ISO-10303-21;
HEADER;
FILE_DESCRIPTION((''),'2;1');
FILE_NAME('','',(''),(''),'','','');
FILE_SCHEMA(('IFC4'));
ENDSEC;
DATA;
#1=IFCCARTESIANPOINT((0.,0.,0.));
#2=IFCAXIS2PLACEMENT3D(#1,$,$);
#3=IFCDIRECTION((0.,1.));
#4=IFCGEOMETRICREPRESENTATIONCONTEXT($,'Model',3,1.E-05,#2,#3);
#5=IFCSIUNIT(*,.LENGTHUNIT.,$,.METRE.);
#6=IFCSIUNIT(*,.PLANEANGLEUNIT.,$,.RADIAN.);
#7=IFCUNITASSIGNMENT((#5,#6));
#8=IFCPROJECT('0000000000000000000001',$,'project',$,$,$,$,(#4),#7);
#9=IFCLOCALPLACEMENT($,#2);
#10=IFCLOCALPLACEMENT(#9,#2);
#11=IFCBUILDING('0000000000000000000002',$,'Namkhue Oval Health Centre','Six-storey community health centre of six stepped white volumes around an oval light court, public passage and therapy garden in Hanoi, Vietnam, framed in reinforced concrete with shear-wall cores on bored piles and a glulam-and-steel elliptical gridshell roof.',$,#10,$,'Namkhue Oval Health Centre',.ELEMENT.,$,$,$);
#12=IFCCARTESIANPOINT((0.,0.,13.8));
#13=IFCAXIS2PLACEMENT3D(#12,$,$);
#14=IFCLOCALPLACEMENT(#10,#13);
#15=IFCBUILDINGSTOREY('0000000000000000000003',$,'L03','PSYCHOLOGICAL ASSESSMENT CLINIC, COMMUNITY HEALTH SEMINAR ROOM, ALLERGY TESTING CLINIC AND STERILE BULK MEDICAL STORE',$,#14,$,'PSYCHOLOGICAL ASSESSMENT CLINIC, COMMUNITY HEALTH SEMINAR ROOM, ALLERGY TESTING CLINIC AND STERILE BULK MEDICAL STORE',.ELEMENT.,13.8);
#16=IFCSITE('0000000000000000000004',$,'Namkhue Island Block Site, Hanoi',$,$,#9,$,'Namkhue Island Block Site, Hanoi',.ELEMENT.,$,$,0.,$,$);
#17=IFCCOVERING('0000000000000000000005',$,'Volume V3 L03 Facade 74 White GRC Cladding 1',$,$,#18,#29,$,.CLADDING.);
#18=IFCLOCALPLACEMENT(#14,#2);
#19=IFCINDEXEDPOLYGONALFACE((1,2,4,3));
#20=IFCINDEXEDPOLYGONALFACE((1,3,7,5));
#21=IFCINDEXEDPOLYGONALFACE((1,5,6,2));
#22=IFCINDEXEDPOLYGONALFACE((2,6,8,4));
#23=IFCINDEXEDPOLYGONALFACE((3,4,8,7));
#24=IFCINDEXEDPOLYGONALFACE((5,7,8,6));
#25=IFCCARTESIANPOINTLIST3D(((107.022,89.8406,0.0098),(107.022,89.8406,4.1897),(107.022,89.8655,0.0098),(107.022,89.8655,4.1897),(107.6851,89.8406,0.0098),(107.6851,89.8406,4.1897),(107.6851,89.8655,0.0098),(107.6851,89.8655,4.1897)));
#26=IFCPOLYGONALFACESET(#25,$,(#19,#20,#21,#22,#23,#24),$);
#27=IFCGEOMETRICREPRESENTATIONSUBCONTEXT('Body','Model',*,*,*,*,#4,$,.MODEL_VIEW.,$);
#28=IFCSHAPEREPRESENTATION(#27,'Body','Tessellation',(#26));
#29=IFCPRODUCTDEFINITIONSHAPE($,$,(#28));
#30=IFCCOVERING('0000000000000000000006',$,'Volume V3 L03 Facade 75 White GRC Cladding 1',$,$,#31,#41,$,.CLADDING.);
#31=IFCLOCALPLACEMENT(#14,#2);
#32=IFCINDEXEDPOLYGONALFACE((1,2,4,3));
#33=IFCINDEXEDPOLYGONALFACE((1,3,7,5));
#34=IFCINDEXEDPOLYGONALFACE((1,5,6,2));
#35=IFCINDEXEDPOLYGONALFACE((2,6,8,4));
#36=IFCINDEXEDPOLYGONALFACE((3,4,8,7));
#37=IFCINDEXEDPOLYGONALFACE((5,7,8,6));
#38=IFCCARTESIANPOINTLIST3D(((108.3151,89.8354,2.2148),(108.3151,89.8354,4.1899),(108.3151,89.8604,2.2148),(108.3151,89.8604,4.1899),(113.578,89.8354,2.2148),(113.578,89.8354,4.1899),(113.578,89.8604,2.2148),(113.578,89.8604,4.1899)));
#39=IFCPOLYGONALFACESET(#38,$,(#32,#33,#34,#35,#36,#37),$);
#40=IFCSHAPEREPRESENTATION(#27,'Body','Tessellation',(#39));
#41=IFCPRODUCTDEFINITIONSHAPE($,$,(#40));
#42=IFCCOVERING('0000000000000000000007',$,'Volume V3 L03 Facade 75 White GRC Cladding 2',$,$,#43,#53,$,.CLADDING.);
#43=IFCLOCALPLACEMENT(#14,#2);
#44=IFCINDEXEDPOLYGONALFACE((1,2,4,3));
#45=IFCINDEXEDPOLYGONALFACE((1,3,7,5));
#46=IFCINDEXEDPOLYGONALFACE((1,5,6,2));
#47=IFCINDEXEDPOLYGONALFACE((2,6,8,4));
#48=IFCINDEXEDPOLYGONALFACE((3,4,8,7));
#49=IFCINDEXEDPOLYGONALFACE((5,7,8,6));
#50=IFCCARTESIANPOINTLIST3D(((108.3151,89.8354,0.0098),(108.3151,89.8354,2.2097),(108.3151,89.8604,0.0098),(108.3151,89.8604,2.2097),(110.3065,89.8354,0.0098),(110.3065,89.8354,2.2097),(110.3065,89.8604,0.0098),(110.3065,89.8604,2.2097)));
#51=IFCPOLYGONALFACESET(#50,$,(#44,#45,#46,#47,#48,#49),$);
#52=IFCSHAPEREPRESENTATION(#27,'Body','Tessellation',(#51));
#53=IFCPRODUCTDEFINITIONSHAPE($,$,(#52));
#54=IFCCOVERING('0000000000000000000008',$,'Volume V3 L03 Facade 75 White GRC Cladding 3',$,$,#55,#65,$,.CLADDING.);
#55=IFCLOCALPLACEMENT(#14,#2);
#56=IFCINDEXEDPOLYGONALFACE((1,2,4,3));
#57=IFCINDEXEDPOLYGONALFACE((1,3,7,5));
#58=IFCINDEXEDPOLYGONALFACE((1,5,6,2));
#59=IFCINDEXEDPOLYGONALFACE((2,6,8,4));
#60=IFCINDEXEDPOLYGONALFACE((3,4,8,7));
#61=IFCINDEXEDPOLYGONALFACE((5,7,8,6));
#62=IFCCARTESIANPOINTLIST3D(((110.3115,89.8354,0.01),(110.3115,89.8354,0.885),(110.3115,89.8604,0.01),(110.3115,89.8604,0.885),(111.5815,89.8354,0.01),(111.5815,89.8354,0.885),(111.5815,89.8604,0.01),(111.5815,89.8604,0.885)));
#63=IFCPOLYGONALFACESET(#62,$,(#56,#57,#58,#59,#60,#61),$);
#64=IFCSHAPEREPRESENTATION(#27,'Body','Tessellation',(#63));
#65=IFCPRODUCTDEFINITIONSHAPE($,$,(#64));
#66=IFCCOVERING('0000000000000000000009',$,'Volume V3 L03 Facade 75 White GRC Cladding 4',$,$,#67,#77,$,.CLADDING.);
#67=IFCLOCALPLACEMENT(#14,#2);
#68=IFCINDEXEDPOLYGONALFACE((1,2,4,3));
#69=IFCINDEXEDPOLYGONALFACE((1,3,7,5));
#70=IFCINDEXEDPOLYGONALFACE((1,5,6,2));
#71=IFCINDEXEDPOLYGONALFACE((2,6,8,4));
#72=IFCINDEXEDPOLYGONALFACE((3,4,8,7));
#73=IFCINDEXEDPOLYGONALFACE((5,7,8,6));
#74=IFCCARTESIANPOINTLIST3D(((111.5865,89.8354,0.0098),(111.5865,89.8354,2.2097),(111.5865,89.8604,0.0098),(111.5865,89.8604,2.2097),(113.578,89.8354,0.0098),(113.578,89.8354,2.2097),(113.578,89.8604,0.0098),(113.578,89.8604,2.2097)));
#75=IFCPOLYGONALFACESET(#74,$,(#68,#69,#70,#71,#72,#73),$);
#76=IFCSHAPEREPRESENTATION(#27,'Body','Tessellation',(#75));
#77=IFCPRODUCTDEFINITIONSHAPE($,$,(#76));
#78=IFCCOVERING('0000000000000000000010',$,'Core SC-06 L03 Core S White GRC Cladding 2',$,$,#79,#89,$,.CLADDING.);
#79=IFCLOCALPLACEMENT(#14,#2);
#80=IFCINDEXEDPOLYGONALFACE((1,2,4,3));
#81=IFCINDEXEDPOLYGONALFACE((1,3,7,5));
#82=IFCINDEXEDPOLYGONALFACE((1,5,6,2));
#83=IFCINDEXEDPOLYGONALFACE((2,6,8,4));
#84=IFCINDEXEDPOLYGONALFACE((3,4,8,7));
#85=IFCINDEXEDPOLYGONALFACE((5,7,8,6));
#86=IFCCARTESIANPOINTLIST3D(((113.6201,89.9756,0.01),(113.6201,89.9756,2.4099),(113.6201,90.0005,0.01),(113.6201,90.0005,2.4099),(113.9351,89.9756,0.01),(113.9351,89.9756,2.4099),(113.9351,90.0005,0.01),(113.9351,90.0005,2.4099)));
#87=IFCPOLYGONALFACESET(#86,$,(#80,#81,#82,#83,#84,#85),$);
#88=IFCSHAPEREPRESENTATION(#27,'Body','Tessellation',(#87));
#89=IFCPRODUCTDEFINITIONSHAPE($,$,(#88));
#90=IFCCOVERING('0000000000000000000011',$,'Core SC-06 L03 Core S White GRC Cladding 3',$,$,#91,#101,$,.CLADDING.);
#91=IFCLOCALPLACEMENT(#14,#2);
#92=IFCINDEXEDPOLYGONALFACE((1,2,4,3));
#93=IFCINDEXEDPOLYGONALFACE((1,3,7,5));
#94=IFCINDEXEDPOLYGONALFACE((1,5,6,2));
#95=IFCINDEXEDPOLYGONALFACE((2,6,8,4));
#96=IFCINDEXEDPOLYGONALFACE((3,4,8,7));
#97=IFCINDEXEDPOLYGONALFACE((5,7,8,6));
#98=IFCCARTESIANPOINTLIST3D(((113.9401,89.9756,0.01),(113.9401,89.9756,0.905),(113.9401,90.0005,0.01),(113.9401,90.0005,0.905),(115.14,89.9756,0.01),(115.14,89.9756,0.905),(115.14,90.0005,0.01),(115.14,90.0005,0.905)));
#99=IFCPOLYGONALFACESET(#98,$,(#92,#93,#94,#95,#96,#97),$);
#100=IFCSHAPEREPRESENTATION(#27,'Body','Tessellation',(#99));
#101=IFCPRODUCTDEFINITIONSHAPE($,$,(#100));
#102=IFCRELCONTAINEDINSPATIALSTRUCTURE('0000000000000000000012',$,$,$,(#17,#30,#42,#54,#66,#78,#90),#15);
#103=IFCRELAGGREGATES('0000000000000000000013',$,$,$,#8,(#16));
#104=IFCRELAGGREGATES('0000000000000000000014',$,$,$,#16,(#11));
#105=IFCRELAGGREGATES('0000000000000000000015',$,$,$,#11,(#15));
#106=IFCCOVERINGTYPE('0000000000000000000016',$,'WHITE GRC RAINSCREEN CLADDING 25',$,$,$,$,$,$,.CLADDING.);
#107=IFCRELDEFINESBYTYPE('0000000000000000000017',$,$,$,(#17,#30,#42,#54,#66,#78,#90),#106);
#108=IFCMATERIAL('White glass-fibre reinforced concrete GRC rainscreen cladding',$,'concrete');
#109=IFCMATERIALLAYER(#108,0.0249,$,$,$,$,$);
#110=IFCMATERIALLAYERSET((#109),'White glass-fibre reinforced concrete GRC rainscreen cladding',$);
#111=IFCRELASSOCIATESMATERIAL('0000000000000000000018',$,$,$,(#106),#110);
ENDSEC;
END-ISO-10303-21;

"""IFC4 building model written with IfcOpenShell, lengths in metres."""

from ifc_helpers import new_model, si_unit, direction, frame, origin, origin_2d, place, context, subcontext, project, spatial, rectangle, extrude, material, layer, layer_set, type_object, element, save


model = new_model("IFC4")

# Units and contexts
model_context = context("Model", 3, precision=1e-05, world=origin(), true_north=direction((0.0, 1.0)))
body_context = subcontext(model_context, "Body", "Model", "MODEL_VIEW")
ifc_project = project(units=[si_unit("LENGTHUNIT", "METRE"), si_unit("PLANEANGLEUNIT", "RADIAN")], contexts=[model_context])

# Site, building, storey
site_placement = place(None, origin())
site = spatial("IfcSite", under=ifc_project, at=site_placement, Name="Namkhue Island Block Site, Hanoi", LongName="Namkhue Island Block Site, Hanoi", CompositionType="ELEMENT", RefElevation=0.0)
building_placement = place(site_placement, origin())
building = spatial("IfcBuilding", under=site, at=building_placement, Name="Namkhue Oval Health Centre", Description="Six-storey community health centre of six stepped white volumes around an oval light court, public passage and therapy garden in Hanoi, Vietnam, framed in reinforced concrete with shear-wall cores on bored piles and a glulam-and-steel elliptical gridshell roof.", LongName="Namkhue Oval Health Centre", CompositionType="ELEMENT")
storey_placement = place(building_placement, frame((0.0, 0.0, 13.8)))
storey = spatial("IfcBuildingStorey", under=building, at=storey_placement, Name="L03", Description="PSYCHOLOGICAL ASSESSMENT CLINIC, COMMUNITY HEALTH SEMINAR ROOM, ALLERGY TESTING CLINIC AND STERILE BULK MEDICAL STORE", LongName="PSYCHOLOGICAL ASSESSMENT CLINIC, COMMUNITY HEALTH SEMINAR ROOM, ALLERGY TESTING CLINIC AND STERILE BULK MEDICAL STORE", CompositionType="ELEMENT", Elevation=13.8)

# Coverings
ifc_material_1 = material(Name="White glass-fibre reinforced concrete GRC rainscreen cladding", Category="concrete")
ifc_layer_1 = layer(ifc_material_1, 0.0249)
ifc_layer_set_1 = layer_set([ifc_layer_1], Name="White glass-fibre reinforced concrete GRC rainscreen cladding")
covering_type = type_object("IfcCoveringType", Name="WHITE GRC RAINSCREEN CLADDING 25", PredefinedType="CLADDING", material=ifc_layer_set_1)
covering_1_placement = place(storey_placement, frame((107.3535, 89.853, 0.0098), z_axis=(0.0, 0.0, 1.0), x_axis=(1.0, 0.0, 0.0)))
element("IfcCovering", 1, at=covering_1_placement, inside=storey, type_object=covering_type, Name="Volume V3 L03 Facade 74 White GRC Cladding 1", PredefinedType="CLADDING", context=body_context, shape_type="SweptSolid", body=[
    extrude(rectangle(XDim=0.6631, YDim=0.0249, at=origin_2d()), origin(), (0.0, 0.0, 1.0), 4.1799),
])
covering_2_placement = place(storey_placement, frame((110.9465, 89.8479, 2.2148), z_axis=(0.0, 0.0, 1.0), x_axis=(1.0, 0.0, 0.0)))
element("IfcCovering", 2, at=covering_2_placement, inside=storey, type_object=covering_type, Name="Volume V3 L03 Facade 75 White GRC Cladding 1", PredefinedType="CLADDING", context=body_context, shape_type="SweptSolid", body=[
    extrude(rectangle(XDim=5.2629, YDim=0.0249, at=origin_2d()), origin(), (0.0, 0.0, 1.0), 1.9751),
])
covering_3_placement = place(storey_placement, frame((109.3108, 89.8479, 0.0098), z_axis=(0.0, 0.0, 1.0), x_axis=(1.0, 0.0, 0.0)))
element("IfcCovering", 3, at=covering_3_placement, inside=storey, type_object=covering_type, Name="Volume V3 L03 Facade 75 White GRC Cladding 2", PredefinedType="CLADDING", context=body_context, shape_type="SweptSolid", body=[
    extrude(rectangle(XDim=1.9915, YDim=0.0249, at=origin_2d()), origin(), (0.0, 0.0, 1.0), 2.2),
])
covering_4_placement = place(storey_placement, frame((110.9465, 89.8479, 0.01), z_axis=(0.0, 0.0, 1.0), x_axis=(1.0, 0.0, 0.0)))
element("IfcCovering", 4, at=covering_4_placement, inside=storey, type_object=covering_type, Name="Volume V3 L03 Facade 75 White GRC Cladding 3", PredefinedType="CLADDING", context=body_context, shape_type="SweptSolid", body=[
    extrude(rectangle(XDim=1.27, YDim=0.0249, at=origin_2d()), origin(), (0.0, 0.0, 1.0), 0.875),
])
covering_5_placement = place(storey_placement, frame((112.5823, 89.8479, 0.0098), z_axis=(0.0, 0.0, 1.0), x_axis=(1.0, 0.0, 0.0)))
element("IfcCovering", 5, at=covering_5_placement, inside=storey, type_object=covering_type, Name="Volume V3 L03 Facade 75 White GRC Cladding 4", PredefinedType="CLADDING", context=body_context, shape_type="SweptSolid", body=[
    extrude(rectangle(XDim=1.9915, YDim=0.0249, at=origin_2d()), origin(), (0.0, 0.0, 1.0), 2.2),
])
covering_6_placement = place(storey_placement, frame((113.7776, 89.988, 0.01), z_axis=(0.0, 0.0, 1.0), x_axis=(1.0, 0.0, 0.0)))
element("IfcCovering", 6, at=covering_6_placement, inside=storey, type_object=covering_type, Name="Core SC-06 L03 Core S White GRC Cladding 2", PredefinedType="CLADDING", context=body_context, shape_type="SweptSolid", body=[
    extrude(rectangle(XDim=0.3149, YDim=0.0249, at=origin_2d()), origin(), (0.0, 0.0, 1.0), 2.3999),
])
covering_7_placement = place(storey_placement, frame((114.54, 89.988, 0.01), z_axis=(0.0, 0.0, 1.0), x_axis=(1.0, 0.0, 0.0)))
element("IfcCovering", 7, at=covering_7_placement, inside=storey, type_object=covering_type, Name="Core SC-06 L03 Core S White GRC Cladding 3", PredefinedType="CLADDING", context=body_context, shape_type="SweptSolid", body=[
    extrude(rectangle(XDim=1.2, YDim=0.0249, at=origin_2d()), origin(), (0.0, 0.0, 1.0), 0.895),
])

save(model, "model.ifc")
